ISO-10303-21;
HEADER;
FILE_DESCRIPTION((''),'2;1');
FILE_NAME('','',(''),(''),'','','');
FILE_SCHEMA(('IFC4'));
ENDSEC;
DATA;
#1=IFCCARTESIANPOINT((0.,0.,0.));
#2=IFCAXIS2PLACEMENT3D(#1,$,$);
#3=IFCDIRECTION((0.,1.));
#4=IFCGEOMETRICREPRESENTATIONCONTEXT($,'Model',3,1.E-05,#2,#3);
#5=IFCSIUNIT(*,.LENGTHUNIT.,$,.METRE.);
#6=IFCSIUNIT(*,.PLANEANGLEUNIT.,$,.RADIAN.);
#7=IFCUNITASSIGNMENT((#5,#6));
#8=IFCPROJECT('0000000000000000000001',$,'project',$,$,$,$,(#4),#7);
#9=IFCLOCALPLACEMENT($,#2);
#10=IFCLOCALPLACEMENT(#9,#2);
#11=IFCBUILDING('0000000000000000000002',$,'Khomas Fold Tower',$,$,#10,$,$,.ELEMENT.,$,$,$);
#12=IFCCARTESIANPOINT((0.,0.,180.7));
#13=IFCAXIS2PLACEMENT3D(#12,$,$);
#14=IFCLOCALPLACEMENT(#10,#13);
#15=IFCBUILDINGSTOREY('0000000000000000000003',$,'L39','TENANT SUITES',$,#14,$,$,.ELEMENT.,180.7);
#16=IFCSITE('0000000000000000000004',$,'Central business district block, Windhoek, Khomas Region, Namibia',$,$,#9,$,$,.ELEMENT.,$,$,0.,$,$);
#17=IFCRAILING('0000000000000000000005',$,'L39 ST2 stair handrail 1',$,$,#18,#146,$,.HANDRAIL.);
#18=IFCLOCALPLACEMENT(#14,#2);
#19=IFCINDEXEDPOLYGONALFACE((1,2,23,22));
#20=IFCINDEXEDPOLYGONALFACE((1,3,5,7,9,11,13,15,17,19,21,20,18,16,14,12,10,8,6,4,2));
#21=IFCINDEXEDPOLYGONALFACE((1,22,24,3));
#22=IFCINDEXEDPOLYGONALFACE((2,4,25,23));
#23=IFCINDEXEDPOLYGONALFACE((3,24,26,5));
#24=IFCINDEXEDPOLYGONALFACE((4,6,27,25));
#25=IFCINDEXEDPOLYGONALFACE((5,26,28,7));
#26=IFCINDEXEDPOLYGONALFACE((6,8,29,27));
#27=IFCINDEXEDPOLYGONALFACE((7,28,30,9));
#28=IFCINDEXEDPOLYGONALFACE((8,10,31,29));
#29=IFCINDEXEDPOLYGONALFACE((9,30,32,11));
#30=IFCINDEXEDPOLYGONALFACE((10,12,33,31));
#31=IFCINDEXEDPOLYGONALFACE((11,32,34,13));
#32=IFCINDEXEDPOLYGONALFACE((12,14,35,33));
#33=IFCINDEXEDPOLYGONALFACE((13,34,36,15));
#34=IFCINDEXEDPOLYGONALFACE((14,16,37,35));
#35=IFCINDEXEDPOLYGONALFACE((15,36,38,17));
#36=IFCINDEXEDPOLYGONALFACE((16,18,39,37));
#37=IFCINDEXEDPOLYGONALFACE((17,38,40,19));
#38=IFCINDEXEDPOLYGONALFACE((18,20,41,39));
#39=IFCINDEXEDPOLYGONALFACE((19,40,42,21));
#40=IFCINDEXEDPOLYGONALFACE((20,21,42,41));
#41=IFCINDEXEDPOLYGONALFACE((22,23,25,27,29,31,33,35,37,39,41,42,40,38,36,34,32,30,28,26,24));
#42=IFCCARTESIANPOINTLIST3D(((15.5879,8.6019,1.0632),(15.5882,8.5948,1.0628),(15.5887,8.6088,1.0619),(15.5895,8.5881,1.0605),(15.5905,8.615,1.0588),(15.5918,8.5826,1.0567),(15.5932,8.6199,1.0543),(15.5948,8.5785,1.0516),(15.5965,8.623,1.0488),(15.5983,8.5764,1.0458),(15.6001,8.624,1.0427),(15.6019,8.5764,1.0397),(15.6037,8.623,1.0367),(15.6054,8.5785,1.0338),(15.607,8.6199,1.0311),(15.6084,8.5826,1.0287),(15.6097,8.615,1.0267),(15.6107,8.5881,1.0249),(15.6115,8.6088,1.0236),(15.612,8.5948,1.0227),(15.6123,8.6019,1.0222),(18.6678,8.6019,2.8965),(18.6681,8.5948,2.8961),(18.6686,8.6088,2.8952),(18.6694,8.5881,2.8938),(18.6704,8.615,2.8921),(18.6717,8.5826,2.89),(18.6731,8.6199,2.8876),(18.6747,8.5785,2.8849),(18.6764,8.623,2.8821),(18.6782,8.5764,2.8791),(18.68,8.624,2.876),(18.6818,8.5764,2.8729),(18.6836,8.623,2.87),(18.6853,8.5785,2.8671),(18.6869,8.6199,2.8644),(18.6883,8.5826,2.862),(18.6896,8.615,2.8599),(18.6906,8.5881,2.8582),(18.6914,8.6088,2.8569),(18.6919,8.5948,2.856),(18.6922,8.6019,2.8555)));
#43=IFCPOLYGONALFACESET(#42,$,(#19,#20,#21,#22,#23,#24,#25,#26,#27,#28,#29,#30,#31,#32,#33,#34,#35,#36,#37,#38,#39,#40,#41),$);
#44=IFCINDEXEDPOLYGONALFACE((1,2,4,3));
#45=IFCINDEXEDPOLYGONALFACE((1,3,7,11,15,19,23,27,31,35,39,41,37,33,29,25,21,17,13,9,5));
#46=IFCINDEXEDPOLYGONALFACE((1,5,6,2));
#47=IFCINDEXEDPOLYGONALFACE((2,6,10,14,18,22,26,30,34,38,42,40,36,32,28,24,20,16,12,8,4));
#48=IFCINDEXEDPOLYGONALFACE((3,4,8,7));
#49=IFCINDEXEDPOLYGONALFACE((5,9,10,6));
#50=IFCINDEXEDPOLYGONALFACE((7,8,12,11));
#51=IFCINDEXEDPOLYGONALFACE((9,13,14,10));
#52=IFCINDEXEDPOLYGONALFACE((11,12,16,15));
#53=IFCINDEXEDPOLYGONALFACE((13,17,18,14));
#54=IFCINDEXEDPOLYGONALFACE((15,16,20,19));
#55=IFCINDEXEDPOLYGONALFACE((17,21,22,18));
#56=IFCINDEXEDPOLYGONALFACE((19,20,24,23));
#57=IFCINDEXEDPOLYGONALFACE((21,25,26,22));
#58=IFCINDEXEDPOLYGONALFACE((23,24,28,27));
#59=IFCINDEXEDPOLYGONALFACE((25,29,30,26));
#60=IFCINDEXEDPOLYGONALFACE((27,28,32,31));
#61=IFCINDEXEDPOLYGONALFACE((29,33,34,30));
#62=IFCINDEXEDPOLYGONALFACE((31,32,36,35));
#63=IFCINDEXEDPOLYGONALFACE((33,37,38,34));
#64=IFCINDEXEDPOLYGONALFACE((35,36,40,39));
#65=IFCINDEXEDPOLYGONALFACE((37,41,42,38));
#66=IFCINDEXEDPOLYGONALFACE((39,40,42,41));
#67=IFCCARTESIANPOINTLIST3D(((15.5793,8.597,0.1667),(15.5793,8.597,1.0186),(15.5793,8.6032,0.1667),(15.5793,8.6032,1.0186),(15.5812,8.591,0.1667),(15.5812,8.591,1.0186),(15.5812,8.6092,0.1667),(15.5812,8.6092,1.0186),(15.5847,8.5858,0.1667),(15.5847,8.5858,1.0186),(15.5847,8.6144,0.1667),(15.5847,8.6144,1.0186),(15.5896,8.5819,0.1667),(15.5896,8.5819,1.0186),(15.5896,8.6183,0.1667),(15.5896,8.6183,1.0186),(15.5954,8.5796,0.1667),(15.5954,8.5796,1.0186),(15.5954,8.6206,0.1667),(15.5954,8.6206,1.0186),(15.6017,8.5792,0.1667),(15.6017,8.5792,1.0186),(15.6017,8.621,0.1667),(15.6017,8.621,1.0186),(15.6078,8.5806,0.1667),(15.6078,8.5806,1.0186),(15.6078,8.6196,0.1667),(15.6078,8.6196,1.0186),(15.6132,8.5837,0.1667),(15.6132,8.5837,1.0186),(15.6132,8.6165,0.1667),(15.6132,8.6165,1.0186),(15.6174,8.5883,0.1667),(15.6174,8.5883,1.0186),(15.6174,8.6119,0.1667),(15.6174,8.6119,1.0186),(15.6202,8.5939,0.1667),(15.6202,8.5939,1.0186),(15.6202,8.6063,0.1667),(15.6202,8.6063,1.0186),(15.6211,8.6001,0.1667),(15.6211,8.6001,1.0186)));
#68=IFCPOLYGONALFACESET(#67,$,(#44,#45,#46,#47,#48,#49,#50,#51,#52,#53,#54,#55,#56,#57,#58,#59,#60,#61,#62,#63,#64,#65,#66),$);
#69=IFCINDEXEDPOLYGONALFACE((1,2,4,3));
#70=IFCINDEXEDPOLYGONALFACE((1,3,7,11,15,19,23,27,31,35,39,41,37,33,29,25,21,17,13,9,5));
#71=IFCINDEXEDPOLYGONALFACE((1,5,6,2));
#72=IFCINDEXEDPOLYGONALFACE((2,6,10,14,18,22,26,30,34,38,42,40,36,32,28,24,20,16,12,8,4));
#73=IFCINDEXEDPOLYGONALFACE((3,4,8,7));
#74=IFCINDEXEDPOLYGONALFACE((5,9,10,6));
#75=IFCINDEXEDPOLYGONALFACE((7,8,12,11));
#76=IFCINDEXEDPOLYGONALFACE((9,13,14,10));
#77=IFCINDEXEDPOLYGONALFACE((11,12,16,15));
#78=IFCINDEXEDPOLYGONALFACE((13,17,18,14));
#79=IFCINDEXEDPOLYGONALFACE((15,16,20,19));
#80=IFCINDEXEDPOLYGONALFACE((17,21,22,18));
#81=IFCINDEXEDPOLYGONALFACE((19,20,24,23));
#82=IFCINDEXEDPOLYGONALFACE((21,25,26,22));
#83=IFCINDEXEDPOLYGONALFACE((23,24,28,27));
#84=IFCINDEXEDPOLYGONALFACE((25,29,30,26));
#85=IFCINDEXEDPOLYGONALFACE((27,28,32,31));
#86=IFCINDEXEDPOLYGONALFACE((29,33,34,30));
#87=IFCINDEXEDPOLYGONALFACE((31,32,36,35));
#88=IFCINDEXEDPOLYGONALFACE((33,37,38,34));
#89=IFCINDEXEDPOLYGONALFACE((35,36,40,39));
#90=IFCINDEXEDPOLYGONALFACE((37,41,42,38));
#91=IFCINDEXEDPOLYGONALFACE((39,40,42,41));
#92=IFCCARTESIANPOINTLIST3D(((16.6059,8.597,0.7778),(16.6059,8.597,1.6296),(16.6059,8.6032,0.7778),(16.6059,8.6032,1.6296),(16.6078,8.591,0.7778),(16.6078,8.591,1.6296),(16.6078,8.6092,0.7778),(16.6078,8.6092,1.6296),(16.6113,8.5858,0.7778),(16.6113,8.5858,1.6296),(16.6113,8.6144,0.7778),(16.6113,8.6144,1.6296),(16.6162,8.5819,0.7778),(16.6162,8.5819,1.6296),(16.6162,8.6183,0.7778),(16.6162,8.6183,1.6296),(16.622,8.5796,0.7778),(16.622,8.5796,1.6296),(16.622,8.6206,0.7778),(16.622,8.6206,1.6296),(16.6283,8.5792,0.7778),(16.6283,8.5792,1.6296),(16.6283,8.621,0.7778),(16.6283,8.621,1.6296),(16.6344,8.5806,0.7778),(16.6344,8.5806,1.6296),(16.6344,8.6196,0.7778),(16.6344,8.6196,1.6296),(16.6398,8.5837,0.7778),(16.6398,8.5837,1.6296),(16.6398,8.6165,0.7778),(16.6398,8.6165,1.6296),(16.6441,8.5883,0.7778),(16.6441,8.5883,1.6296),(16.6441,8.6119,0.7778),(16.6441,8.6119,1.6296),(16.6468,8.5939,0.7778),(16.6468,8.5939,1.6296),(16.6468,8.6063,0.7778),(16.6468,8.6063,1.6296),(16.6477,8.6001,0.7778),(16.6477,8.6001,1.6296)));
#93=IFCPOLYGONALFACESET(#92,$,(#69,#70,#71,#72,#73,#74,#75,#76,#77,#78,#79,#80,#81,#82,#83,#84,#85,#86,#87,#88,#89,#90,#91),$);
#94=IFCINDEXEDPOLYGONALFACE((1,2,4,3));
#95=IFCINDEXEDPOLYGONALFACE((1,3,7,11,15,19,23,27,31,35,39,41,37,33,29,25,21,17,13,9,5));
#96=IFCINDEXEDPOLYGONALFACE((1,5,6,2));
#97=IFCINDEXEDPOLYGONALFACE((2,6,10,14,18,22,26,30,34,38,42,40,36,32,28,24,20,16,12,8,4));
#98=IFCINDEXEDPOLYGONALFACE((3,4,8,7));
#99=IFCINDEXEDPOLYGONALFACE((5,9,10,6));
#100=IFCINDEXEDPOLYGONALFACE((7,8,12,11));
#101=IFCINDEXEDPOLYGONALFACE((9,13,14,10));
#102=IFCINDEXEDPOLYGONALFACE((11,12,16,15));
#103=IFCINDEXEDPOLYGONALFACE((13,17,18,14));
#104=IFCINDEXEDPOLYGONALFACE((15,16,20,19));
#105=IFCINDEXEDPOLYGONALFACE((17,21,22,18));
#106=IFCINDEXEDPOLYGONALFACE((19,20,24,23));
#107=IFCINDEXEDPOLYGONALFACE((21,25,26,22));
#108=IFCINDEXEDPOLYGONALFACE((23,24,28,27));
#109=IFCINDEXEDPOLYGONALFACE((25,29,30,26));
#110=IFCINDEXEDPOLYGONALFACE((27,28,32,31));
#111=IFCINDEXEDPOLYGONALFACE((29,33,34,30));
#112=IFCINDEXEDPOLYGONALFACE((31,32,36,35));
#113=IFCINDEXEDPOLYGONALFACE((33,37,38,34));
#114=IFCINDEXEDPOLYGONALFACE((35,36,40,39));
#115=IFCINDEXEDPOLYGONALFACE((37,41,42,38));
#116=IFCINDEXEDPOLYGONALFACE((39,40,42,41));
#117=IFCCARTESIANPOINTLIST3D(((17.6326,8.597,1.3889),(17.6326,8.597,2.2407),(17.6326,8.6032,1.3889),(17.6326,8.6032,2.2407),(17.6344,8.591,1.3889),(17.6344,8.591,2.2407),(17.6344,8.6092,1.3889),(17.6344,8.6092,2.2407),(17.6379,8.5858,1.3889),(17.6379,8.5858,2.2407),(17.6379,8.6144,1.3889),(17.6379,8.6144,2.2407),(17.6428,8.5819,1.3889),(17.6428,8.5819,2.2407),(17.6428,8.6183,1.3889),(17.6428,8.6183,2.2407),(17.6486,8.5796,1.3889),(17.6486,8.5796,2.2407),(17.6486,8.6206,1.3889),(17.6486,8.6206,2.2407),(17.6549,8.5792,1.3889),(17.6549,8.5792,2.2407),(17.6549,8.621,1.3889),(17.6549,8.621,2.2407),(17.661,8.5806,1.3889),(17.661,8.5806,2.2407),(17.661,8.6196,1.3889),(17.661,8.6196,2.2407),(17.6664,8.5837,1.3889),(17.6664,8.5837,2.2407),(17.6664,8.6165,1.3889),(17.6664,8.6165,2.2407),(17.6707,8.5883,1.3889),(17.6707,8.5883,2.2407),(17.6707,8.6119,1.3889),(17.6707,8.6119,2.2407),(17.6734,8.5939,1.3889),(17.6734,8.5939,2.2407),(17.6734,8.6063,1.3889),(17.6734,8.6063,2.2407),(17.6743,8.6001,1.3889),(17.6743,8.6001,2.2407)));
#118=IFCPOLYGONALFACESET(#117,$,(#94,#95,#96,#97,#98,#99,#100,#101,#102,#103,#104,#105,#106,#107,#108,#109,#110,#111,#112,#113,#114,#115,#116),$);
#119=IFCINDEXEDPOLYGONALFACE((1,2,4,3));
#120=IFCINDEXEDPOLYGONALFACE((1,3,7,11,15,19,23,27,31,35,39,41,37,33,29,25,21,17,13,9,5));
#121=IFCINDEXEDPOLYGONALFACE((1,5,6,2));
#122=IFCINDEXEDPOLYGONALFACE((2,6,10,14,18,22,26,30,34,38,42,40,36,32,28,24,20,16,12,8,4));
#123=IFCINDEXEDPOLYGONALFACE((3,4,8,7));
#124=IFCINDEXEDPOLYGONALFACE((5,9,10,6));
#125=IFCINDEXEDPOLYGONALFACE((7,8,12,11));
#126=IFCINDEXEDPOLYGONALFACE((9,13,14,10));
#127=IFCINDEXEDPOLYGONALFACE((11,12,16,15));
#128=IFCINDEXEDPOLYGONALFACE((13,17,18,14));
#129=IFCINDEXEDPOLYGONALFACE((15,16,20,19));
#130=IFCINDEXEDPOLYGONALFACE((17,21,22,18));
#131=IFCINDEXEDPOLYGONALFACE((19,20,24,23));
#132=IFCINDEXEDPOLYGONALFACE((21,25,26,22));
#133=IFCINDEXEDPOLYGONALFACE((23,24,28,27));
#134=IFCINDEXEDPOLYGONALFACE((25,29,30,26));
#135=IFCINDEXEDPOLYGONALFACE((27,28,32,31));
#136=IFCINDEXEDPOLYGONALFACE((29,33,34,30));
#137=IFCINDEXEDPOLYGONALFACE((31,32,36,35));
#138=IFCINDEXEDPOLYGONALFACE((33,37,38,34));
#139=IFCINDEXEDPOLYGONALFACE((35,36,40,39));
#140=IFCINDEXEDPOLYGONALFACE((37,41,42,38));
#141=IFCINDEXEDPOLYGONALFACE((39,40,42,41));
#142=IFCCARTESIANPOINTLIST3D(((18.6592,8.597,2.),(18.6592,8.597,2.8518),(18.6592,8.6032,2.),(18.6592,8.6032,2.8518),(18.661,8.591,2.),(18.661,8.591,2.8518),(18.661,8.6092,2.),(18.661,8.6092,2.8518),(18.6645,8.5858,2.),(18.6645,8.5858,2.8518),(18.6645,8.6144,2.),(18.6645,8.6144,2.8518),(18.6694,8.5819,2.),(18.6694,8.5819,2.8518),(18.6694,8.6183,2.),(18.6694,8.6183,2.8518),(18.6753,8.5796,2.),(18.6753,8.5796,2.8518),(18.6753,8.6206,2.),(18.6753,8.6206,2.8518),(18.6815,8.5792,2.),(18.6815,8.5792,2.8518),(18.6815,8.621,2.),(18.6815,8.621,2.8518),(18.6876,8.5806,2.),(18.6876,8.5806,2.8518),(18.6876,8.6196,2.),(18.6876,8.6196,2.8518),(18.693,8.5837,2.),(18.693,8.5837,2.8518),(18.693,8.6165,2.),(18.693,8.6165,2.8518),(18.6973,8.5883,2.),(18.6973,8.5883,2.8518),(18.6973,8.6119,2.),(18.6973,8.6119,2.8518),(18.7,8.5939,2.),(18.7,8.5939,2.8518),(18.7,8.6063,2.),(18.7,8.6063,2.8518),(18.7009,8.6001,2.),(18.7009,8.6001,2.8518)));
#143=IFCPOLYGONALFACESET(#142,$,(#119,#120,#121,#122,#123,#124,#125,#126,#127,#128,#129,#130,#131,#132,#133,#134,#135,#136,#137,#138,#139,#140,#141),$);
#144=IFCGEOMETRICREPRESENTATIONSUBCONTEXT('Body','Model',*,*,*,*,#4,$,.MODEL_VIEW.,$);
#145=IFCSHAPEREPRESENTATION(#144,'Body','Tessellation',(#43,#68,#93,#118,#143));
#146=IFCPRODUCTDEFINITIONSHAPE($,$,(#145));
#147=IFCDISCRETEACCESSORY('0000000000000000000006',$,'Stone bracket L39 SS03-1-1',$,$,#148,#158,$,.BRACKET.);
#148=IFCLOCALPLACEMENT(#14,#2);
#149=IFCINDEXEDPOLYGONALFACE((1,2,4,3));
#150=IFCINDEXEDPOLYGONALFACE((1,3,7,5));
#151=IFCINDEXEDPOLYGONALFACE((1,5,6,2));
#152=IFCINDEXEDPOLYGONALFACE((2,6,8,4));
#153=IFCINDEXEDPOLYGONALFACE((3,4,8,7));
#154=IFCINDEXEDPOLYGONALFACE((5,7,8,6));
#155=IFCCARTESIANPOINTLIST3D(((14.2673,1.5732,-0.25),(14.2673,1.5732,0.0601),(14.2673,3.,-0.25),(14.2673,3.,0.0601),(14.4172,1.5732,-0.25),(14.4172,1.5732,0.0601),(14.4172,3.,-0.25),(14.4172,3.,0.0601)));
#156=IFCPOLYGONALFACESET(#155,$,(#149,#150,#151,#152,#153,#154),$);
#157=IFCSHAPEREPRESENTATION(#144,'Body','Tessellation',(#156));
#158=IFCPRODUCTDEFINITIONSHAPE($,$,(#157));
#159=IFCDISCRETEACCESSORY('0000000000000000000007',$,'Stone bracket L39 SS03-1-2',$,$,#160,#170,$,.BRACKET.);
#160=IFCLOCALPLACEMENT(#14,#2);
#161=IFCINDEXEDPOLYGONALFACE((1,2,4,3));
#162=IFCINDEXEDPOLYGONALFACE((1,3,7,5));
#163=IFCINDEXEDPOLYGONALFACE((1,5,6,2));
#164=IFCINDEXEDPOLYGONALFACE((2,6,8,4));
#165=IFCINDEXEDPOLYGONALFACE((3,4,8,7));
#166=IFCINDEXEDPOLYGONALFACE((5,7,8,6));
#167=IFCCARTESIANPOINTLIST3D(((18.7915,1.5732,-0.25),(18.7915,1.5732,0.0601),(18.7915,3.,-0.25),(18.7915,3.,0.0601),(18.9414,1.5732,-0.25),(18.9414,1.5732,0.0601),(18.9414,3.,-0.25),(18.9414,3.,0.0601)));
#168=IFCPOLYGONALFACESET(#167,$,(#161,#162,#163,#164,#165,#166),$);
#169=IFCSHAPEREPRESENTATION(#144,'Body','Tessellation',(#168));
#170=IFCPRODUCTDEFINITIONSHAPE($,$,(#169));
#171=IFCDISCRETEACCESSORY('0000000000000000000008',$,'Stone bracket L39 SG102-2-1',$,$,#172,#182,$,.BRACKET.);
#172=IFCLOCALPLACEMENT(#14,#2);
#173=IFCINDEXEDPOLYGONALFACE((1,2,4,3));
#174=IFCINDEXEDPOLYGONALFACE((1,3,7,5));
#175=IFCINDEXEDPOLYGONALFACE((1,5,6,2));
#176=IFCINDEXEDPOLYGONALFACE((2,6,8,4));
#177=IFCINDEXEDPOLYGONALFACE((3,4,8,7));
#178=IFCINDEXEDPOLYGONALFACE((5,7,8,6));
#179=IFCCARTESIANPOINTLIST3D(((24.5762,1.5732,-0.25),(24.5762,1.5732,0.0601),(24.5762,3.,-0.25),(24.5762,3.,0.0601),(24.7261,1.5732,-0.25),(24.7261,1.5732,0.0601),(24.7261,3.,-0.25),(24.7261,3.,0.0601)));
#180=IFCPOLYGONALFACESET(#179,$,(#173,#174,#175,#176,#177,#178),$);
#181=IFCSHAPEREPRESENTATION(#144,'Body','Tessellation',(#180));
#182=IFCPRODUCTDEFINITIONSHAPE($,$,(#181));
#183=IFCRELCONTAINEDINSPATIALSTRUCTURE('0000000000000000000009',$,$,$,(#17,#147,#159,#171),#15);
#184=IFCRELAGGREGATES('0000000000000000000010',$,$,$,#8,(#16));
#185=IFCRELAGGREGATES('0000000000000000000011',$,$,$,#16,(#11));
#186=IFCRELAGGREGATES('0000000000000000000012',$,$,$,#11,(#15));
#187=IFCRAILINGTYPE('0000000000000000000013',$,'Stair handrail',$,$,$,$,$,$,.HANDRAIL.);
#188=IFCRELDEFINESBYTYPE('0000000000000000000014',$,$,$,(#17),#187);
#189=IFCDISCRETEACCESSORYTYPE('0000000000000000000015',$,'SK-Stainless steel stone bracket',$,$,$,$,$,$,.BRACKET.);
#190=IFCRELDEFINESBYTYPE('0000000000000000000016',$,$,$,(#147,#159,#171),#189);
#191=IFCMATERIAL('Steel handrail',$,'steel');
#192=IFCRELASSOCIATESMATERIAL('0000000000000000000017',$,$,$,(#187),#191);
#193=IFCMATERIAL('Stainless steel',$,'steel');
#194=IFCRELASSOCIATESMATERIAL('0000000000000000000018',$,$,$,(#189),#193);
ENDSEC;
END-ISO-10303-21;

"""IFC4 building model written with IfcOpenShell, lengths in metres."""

from ifc_helpers import new_model, si_unit, direction, frame, origin, origin_2d, place, context, subcontext, project, spatial, rectangle, circle, extrude, source, transform, mapped, material, type_object, element, save


model = new_model("IFC4")

# Units and contexts
model_context = context("Model", 3, precision=1e-05, world=origin(), true_north=direction((0.0, 1.0)))
body_context = subcontext(model_context, "Body", "Model", "MODEL_VIEW")
ifc_project = project(units=[si_unit("LENGTHUNIT", "METRE"), si_unit("PLANEANGLEUNIT", "RADIAN")], contexts=[model_context])

# Site, building, storey
site_placement = place(None, origin())
site = spatial("IfcSite", under=ifc_project, at=site_placement, Name="Central business district block, Windhoek, Khomas Region, Namibia", CompositionType="ELEMENT", RefElevation=0.0)
building_placement = place(site_placement, origin())
building = spatial("IfcBuilding", under=site, at=building_placement, Name="Khomas Fold Tower", CompositionType="ELEMENT")
storey_placement = place(building_placement, frame((0.0, 0.0, 180.7)))
storey = spatial("IfcBuildingStorey", under=building, at=storey_placement, Name="L39", Description="TENANT SUITES", CompositionType="ELEMENT", Elevation=180.7)

# Railing
ifc_material_1 = material(Name="Steel handrail", Category="steel")
railing_type = type_object("IfcRailingType", Name="Stair handrail", PredefinedType="HANDRAIL", material=ifc_material_1)
shared_shape_1 = source(origin(), body_context, "Body", "SweptSolid", [
    extrude(circle(Radius=0.0239, at=origin_2d()), frame((0.0, 0.0, 0.876), z_axis=(0.859291, 0.0, 0.511487), x_axis=(0.0, 1.0, 0.0)), (0.0, 0.0, 1.0), 3.5842),
    extrude(circle(Radius=0.021, at=origin_2d()), origin(), (0.0, 0.0, 1.0), 0.8518),
    extrude(circle(Radius=0.021, at=origin_2d()), frame((1.0266, 0.0, 0.6111)), (0.0, 0.0, 1.0), 0.8518),
    extrude(circle(Radius=0.021, at=origin_2d()), frame((2.0532, 0.0, 1.2222)), (0.0, 0.0, 1.0), 0.8518),
    extrude(circle(Radius=0.021, at=origin_2d()), frame((3.0798, 0.0, 1.8333)), (0.0, 0.0, 1.0), 0.8518),
])
railing_placement = place(storey_placement, frame((15.6001, 8.6001, 0.1667)))
element("IfcRailing", 1, at=railing_placement, inside=storey, type_object=railing_type, Name="L39 ST2 stair handrail 1", PredefinedType="HANDRAIL", context=body_context, shape_type="MappedRepresentation", body=[
    mapped(shared_shape_1, transform((0.0, 0.0, 0.0))),
])

# Discrete accessories
ifc_material_2 = material(Name="Stainless steel", Category="steel")
discrete_accessory_type = type_object("IfcDiscreteAccessoryType", Name="SK-Stainless steel stone bracket", PredefinedType="BRACKET", material=ifc_material_2)
shared_shape_2 = source(origin(), body_context, "Body", "SweptSolid", [
    extrude(rectangle(XDim=1.4268, YDim=0.1499, at=origin_2d()), origin(), (0.0, 0.0, 1.0), 0.3101),
])
for number, where, z_axis, x_axis, name in (
    (2, (14.3423, 2.2866, -0.25), (0.0, 0.0, 1.0), (0.0, -1.0, 0.0), "Stone bracket L39 SS03-1-1"),
    (3, (18.8665, 2.2866, -0.25), (0.0, 0.0, 1.0), (0.0, -1.0, 0.0), "Stone bracket L39 SS03-1-2"),
    (4, (24.6511, 2.2866, -0.25), (0.0, 0.0, 1.0), (0.0, -1.0, 0.0), "Stone bracket L39 SG102-2-1"),
):
    element("IfcDiscreteAccessory", number, at=place(storey_placement, frame(where, z_axis=z_axis, x_axis=x_axis)), inside=storey, type_object=discrete_accessory_type, Name=name, PredefinedType="BRACKET", context=body_context, shape_type="MappedRepresentation", body=[
        mapped(shared_shape_2, transform((0.0, 0.0, 0.0))),
    ])

save(model, "model.ifc")
